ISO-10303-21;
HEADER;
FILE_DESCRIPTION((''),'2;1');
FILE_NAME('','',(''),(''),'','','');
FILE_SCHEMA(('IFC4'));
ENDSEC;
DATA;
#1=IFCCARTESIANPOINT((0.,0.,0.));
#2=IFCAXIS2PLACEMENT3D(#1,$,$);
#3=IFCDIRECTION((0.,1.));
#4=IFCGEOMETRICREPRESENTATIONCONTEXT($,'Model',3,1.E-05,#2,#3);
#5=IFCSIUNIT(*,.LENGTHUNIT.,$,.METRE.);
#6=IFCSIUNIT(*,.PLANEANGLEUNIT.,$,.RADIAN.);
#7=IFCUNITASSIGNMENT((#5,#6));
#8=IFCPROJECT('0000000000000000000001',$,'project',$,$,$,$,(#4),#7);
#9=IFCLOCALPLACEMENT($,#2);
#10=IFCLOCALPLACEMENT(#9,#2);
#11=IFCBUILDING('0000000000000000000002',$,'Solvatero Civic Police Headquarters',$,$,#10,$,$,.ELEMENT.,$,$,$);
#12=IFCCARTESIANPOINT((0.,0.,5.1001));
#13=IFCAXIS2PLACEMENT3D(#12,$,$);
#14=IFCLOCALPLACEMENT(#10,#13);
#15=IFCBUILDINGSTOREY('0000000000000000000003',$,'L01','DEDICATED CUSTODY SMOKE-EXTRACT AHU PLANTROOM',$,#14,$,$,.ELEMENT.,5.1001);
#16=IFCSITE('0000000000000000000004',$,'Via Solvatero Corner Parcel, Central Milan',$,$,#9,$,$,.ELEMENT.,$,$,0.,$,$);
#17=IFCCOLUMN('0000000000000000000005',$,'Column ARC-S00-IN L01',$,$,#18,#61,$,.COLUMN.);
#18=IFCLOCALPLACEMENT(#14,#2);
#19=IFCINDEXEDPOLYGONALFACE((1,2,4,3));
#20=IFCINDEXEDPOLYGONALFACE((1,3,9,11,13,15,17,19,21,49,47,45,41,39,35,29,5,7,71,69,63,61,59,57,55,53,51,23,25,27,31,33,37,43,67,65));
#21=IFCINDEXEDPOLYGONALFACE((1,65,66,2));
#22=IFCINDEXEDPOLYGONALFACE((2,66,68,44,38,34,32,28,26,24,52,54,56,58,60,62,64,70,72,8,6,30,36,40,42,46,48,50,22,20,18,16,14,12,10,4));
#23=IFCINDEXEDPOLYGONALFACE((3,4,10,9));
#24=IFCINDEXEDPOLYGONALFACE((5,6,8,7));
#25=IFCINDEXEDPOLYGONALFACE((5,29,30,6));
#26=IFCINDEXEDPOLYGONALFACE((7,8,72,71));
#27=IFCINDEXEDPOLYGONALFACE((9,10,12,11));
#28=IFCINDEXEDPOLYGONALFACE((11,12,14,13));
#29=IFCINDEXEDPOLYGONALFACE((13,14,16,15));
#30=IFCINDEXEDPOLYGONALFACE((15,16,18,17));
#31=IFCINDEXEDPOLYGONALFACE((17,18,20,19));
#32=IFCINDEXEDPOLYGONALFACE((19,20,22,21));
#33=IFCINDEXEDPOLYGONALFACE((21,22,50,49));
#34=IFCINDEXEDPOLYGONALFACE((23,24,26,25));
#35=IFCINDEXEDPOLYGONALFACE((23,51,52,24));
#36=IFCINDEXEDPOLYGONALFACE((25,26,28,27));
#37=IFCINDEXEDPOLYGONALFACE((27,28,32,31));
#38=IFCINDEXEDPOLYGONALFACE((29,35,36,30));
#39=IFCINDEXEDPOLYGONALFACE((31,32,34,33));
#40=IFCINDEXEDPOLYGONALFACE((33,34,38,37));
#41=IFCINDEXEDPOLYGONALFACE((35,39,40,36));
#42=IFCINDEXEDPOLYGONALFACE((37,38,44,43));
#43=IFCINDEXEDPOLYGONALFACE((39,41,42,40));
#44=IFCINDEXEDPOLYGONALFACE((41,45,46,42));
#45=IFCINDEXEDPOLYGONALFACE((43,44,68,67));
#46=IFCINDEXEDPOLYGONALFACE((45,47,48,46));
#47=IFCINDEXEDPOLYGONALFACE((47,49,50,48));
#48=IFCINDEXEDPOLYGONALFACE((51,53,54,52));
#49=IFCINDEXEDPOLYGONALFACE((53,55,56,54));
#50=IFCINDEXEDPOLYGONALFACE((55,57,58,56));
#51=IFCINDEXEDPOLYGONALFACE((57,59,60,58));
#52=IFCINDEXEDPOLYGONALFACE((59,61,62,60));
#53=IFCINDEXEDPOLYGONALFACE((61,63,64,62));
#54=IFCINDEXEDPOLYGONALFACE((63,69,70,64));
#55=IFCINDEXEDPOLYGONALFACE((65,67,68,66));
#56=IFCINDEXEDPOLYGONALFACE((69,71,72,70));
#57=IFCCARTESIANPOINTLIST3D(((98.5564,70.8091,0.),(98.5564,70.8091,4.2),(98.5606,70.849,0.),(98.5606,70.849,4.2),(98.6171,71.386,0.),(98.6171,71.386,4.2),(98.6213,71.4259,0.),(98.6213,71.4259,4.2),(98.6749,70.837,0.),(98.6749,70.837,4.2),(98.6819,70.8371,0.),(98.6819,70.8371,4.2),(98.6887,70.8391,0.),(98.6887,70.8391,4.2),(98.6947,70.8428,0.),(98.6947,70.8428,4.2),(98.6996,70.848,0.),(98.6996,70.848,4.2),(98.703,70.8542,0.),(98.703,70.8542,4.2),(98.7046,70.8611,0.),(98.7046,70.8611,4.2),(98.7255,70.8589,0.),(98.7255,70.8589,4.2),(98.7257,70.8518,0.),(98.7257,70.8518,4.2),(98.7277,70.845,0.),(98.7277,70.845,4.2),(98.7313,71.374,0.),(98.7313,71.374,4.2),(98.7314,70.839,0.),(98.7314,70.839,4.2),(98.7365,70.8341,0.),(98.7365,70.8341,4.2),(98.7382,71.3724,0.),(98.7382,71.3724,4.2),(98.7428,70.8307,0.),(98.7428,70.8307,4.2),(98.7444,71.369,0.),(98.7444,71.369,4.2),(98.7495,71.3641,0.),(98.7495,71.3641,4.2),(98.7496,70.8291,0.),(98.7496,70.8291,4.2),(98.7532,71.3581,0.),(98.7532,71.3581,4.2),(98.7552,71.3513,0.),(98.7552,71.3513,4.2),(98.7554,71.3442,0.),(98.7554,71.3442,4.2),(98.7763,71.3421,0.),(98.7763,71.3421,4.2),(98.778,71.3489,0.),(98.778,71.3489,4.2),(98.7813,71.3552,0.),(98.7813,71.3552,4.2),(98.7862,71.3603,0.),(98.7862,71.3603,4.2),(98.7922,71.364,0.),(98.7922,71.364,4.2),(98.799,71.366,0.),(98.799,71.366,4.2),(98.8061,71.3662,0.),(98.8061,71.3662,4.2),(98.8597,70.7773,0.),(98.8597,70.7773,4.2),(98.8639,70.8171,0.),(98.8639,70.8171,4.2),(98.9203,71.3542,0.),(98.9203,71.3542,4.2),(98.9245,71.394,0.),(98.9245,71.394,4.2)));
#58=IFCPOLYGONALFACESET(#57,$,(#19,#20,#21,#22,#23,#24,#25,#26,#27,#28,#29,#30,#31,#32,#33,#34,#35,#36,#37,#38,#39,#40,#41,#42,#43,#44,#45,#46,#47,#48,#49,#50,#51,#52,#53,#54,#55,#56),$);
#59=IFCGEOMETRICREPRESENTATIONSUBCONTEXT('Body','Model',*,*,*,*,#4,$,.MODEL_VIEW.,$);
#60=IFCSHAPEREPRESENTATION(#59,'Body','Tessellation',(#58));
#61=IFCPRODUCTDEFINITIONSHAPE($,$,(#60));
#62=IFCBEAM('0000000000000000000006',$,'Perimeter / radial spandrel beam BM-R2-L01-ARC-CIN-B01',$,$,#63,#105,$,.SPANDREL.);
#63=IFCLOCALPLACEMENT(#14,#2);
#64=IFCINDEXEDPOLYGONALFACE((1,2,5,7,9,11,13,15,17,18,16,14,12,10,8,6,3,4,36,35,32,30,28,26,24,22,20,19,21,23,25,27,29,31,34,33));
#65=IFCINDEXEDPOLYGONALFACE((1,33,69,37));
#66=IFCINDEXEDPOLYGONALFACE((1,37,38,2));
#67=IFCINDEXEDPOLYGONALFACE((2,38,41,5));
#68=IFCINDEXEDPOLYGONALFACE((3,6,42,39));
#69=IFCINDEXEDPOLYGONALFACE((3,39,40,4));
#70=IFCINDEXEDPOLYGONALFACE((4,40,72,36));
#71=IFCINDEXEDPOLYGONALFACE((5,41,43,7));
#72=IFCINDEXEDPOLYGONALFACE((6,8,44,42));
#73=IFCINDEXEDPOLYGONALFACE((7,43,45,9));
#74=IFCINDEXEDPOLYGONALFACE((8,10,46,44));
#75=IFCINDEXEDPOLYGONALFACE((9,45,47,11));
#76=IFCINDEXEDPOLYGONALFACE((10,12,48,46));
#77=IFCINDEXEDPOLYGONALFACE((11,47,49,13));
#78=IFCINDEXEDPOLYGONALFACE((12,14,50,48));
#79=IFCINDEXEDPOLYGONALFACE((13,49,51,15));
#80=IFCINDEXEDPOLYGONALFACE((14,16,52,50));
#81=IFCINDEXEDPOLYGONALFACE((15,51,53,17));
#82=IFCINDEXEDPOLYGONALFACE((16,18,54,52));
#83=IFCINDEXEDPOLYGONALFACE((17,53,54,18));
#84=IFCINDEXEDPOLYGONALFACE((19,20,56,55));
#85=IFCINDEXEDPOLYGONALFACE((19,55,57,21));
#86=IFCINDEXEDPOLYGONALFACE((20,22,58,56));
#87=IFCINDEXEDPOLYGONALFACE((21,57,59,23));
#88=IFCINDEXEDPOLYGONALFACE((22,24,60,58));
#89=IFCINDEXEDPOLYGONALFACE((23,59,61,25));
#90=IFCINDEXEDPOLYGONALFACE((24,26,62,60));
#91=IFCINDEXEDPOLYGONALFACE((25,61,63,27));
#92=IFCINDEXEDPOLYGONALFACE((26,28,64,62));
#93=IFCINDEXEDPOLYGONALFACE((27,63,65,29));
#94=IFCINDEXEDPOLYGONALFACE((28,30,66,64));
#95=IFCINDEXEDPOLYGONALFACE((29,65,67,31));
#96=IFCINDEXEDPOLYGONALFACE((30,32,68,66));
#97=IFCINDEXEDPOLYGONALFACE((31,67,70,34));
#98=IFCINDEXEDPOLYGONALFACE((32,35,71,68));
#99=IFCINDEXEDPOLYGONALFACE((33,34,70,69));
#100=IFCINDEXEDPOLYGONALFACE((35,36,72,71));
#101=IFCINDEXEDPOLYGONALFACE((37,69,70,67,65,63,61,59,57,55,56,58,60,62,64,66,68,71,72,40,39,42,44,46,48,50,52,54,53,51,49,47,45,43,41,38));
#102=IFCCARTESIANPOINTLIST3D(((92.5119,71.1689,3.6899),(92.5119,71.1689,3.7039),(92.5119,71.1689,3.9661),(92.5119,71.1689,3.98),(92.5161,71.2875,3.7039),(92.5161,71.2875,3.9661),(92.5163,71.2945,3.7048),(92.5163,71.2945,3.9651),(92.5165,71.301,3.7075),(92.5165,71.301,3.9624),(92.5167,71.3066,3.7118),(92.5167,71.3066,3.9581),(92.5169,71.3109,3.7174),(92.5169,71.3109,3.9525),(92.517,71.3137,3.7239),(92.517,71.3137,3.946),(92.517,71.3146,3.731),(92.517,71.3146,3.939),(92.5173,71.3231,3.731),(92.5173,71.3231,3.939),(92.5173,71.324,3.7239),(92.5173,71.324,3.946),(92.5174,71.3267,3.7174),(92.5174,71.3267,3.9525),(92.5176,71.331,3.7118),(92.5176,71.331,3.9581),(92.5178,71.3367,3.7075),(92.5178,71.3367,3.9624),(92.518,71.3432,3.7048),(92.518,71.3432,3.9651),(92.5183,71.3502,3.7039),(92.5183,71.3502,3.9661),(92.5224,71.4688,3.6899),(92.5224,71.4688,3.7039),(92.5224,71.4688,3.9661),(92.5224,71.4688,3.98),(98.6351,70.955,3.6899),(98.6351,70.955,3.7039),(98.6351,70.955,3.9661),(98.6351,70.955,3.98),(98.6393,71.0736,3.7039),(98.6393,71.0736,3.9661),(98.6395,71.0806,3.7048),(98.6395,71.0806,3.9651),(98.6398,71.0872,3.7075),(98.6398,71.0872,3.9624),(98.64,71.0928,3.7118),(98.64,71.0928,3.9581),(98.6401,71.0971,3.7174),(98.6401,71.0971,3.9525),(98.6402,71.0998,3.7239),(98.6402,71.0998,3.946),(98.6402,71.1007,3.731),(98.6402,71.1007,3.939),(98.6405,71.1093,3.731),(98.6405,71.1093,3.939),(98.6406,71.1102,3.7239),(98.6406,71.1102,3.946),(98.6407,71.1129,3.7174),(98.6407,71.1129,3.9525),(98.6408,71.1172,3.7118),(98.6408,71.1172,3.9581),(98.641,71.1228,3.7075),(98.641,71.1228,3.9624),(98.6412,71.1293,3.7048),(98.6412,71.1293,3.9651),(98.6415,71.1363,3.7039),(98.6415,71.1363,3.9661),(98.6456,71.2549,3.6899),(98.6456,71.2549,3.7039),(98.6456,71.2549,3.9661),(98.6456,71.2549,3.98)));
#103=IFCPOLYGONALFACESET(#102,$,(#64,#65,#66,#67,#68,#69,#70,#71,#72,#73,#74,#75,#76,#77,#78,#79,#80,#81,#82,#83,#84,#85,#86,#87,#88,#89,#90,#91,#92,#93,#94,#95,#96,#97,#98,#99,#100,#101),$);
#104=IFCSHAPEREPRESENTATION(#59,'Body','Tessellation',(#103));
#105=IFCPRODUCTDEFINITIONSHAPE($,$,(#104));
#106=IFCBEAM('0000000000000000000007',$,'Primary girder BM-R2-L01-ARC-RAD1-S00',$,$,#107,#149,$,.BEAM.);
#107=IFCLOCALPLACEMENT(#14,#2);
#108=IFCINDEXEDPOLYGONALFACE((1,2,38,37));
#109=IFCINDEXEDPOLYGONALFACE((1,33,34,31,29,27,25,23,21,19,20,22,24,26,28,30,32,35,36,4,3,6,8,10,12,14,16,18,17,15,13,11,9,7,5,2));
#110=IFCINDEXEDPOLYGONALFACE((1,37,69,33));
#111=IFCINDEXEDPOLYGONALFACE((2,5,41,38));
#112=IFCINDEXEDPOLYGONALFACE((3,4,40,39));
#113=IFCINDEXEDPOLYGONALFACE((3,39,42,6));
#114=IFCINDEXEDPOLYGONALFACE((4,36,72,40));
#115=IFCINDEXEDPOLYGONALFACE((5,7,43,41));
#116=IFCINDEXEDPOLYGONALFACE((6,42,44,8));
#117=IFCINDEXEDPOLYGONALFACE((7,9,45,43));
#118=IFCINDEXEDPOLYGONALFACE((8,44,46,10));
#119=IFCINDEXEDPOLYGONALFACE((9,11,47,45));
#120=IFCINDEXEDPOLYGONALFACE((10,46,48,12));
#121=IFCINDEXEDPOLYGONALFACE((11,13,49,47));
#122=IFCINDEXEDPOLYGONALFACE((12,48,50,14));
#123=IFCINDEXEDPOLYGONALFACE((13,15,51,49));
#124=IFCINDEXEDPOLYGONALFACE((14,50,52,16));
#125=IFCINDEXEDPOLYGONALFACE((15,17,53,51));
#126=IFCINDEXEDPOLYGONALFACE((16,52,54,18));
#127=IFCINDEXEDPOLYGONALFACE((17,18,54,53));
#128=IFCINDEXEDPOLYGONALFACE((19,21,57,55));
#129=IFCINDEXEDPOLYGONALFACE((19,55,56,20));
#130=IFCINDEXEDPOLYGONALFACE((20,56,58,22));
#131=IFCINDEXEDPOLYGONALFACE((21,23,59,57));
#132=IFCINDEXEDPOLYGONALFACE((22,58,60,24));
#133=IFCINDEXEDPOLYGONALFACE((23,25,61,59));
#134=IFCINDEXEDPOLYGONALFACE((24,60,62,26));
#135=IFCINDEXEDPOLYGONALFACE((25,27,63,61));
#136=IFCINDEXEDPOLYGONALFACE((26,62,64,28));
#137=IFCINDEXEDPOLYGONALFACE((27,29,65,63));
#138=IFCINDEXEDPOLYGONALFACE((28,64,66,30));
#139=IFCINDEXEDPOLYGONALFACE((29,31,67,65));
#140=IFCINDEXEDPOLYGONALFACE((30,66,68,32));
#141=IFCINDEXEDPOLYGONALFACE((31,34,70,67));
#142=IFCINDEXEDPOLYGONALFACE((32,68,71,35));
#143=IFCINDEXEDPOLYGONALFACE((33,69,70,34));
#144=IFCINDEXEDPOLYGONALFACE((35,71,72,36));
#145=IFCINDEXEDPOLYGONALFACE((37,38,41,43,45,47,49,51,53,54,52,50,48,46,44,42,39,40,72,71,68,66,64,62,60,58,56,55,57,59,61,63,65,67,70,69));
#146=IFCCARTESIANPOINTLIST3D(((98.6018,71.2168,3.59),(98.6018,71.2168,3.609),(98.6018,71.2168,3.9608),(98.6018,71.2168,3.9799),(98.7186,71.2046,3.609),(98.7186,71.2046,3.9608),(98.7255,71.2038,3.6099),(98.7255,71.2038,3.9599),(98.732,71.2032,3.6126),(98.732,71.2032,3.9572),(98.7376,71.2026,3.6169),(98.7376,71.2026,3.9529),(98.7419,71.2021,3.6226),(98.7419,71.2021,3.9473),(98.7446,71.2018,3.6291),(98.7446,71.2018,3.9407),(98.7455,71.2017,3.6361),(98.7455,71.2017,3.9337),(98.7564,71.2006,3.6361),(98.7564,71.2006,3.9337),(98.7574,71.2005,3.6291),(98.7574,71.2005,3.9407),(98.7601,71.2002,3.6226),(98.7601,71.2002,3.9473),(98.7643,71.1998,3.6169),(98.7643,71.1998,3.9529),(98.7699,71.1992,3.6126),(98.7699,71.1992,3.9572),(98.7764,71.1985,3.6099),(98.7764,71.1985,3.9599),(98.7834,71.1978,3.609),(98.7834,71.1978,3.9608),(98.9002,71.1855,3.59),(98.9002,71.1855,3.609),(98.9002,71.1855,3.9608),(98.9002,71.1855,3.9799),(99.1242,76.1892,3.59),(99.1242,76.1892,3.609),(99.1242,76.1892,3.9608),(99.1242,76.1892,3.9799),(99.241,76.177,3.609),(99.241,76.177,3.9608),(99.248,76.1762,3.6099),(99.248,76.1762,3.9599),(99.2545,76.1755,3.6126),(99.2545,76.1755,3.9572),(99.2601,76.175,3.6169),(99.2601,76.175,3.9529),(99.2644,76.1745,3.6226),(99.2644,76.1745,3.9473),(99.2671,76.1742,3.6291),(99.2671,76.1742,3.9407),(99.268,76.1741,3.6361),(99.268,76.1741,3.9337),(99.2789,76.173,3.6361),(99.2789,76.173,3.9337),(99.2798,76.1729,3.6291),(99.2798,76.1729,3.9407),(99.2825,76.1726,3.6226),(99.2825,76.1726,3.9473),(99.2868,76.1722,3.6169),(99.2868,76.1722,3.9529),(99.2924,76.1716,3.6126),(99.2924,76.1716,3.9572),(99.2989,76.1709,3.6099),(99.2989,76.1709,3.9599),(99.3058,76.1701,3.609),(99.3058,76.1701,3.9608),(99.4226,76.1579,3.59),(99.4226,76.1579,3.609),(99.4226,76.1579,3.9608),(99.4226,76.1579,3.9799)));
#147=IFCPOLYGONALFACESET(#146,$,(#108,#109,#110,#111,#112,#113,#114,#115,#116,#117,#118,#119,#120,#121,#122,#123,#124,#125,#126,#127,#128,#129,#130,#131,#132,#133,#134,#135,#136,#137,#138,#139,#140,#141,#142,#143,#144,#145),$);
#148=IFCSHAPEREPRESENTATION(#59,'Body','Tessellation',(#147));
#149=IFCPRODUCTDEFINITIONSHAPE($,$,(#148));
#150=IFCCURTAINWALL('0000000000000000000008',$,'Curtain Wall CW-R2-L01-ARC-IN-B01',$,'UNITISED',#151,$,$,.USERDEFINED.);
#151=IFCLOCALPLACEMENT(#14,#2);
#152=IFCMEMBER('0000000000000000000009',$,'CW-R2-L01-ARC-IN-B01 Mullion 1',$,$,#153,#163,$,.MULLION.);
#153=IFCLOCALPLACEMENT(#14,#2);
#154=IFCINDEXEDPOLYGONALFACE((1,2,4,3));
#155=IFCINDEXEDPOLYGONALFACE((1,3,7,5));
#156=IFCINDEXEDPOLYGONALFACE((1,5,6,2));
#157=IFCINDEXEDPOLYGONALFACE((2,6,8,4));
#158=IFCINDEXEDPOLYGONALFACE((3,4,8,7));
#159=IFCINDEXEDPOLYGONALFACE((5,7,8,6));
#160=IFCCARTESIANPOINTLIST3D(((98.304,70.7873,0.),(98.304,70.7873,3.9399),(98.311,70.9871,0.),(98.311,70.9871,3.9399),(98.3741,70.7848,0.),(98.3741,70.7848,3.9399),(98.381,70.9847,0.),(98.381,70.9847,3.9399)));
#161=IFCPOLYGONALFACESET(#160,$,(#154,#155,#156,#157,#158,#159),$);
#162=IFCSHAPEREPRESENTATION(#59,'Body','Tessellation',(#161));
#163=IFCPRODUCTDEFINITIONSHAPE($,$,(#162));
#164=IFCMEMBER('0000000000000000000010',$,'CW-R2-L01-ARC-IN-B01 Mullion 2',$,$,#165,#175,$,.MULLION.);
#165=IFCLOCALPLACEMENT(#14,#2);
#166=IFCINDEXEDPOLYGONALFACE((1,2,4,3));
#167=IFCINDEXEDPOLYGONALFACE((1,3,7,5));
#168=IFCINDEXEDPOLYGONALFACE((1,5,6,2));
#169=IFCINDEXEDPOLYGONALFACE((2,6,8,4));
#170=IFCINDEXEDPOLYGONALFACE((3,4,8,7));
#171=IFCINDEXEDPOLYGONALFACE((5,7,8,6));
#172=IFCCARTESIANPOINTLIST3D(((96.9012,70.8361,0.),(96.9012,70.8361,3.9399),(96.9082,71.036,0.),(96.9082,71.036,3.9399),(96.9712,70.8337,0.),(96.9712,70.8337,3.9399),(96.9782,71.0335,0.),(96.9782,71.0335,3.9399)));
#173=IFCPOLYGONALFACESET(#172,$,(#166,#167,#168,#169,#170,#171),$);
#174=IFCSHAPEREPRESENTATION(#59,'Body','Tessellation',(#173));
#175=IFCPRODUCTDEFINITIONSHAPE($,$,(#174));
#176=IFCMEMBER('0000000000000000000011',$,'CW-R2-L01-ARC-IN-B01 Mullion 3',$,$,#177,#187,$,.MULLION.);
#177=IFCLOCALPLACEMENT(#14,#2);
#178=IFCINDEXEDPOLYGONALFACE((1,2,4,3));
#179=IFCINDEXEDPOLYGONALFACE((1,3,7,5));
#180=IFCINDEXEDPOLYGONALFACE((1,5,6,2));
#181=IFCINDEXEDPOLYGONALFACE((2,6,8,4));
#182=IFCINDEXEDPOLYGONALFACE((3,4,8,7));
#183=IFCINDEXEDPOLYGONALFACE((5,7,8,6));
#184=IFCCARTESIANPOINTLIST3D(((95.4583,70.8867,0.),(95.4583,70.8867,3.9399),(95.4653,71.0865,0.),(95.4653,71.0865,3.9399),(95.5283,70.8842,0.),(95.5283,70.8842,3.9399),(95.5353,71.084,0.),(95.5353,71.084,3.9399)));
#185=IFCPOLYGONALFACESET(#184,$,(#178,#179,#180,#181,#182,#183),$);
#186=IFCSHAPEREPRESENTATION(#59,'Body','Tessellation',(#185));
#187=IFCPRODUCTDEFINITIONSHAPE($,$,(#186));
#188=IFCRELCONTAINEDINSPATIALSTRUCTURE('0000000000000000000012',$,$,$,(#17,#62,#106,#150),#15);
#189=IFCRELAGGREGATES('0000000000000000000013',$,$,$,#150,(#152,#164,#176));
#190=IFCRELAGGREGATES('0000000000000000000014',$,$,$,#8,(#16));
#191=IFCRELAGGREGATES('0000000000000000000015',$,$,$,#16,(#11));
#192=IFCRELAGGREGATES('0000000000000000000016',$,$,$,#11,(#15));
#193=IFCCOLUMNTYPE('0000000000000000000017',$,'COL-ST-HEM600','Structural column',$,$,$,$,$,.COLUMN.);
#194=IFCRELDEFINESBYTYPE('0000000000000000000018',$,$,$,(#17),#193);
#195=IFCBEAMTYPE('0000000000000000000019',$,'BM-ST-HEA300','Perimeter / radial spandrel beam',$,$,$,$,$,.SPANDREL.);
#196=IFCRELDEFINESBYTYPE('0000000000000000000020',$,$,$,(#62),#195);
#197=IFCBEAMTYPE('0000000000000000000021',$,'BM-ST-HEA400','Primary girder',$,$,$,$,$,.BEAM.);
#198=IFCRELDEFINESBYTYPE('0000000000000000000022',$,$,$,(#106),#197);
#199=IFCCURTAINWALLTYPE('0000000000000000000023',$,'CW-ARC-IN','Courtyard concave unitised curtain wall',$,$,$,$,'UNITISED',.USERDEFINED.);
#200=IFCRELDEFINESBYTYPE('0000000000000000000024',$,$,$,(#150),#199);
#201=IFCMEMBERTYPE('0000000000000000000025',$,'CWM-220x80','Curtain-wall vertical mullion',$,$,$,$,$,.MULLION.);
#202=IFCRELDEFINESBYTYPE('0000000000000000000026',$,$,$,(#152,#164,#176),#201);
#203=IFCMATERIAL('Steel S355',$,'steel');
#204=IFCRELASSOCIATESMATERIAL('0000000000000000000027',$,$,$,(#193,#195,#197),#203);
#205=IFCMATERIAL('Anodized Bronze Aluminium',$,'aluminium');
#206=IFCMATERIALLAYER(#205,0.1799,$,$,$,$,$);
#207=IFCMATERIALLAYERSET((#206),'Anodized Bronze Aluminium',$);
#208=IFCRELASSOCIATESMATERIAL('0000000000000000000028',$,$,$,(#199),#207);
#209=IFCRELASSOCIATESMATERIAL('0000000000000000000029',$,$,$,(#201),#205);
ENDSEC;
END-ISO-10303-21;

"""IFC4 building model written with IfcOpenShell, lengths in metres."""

from ifc_helpers import new_model, si_unit, direction, frame, origin, origin_2d, place, context, subcontext, project, spatial, rectangle, i_section, extrude, material, layer, layer_set, material_profile, profile_set, type_object, element, aggregate, save


model = new_model("IFC4")

# Units and contexts
model_context = context("Model", 3, precision=1e-05, world=origin(), true_north=direction((0.0, 1.0)))
body_context = subcontext(model_context, "Body", "Model", "MODEL_VIEW")
ifc_project = project(units=[si_unit("LENGTHUNIT", "METRE"), si_unit("PLANEANGLEUNIT", "RADIAN")], contexts=[model_context])

# Site, building, storey
site_placement = place(None, origin())
site = spatial("IfcSite", under=ifc_project, at=site_placement, Name="Via Solvatero Corner Parcel, Central Milan", CompositionType="ELEMENT", RefElevation=0.0)
building_placement = place(site_placement, origin())
building = spatial("IfcBuilding", under=site, at=building_placement, Name="Solvatero Civic Police Headquarters", CompositionType="ELEMENT")
storey_placement = place(building_placement, frame((0.0, 0.0, 5.1001)))
storey = spatial("IfcBuildingStorey", under=building, at=storey_placement, Name="L01", Description="DEDICATED CUSTODY SMOKE-EXTRACT AHU PLANTROOM", CompositionType="ELEMENT", Elevation=5.1001)

# Column
ifc_material_1 = material(Name="Steel S355", Category="steel")
ifc_material_profile_1 = material_profile(ifc_material_1, i_section(OverallWidth=0.3049, OverallDepth=0.6201, WebThickness=0.021, FlangeThickness=0.04, FilletRadius=0.0271, at=origin_2d()), Name="HEM 600")
ifc_profile_set_1 = profile_set([ifc_material_profile_1], Name="Steel S355")
column_type = type_object("IfcColumnType", Name="COL-ST-HEM600", Description="Structural column", PredefinedType="COLUMN", material=ifc_profile_set_1)
column_placement = place(storey_placement, frame((98.7405, 71.1016, 0.0), z_axis=(0.0, 0.0, 1.0), x_axis=(0.994522, -0.104528, 0.0)))
element("IfcColumn", 1, at=column_placement, inside=storey, type_object=column_type, Name="Column ARC-S00-IN L01", PredefinedType="COLUMN", context=body_context, shape_type="SweptSolid", body=[
    extrude(i_section(OverallWidth=0.3049, OverallDepth=0.6201, WebThickness=0.021, FlangeThickness=0.04, FilletRadius=0.0271, at=origin_2d()), origin(), (0.0, 0.0, 1.0), 4.2),
])

# Beams
ifc_material_profile_2 = material_profile(ifc_material_1, i_section(OverallWidth=0.3, OverallDepth=0.29, WebThickness=0.0085, FlangeThickness=0.0139, FilletRadius=0.0271, at=origin_2d()), Name="HEA 300")
ifc_profile_set_2 = profile_set([ifc_material_profile_2], Name="Steel S355")
beam_type_1 = type_object("IfcBeamType", Name="BM-ST-HEA300", Description="Perimeter / radial spandrel beam", PredefinedType="SPANDREL", material=ifc_profile_set_2)
beam_1_placement = place(storey_placement, frame((98.6404, 71.105, 3.835), z_axis=(-0.999391, 0.034906, 0.0), x_axis=(-0.034906, -0.999391, 0.0)))
element("IfcBeam", 2, at=beam_1_placement, inside=storey, type_object=beam_type_1, Name="Perimeter / radial spandrel beam BM-R2-L01-ARC-CIN-B01", PredefinedType="SPANDREL", context=body_context, shape_type="SweptSolid", body=[
    extrude(i_section(OverallWidth=0.3, OverallDepth=0.29, WebThickness=0.0085, FlangeThickness=0.0139, FilletRadius=0.0271, at=origin_2d()), origin(), (0.0, 0.0, 1.0), 6.127),
])
ifc_material_profile_3 = material_profile(ifc_material_1, i_section(OverallWidth=0.3, OverallDepth=0.3899, WebThickness=0.011, FlangeThickness=0.019, FilletRadius=0.0271, at=origin_2d()), Name="HEA 400")
ifc_profile_set_3 = profile_set([ifc_material_profile_3], Name="Steel S355")
beam_type_2 = type_object("IfcBeamType", Name="BM-ST-HEA400", Description="Primary girder", PredefinedType="BEAM", material=ifc_profile_set_3)
beam_2_placement = place(storey_placement, frame((98.751, 71.2012, 3.7849), z_axis=(0.104497, 0.994525, 0.0), x_axis=(-0.994525, 0.104497, 0.0)))
element("IfcBeam", 3, at=beam_2_placement, inside=storey, type_object=beam_type_2, Name="Primary girder BM-R2-L01-ARC-RAD1-S00", PredefinedType="BEAM", context=body_context, shape_type="SweptSolid", body=[
    extrude(i_section(OverallWidth=0.3, OverallDepth=0.3899, WebThickness=0.011, FlangeThickness=0.019, FilletRadius=0.0271, at=origin_2d()), origin(), (0.0, 0.0, 1.0), 4.9998),
])

# Curtain wall, members
ifc_material_2 = material(Name="Anodized Bronze Aluminium", Category="aluminium")
ifc_layer_1 = layer(ifc_material_2, 0.1799)
ifc_layer_set_1 = layer_set([ifc_layer_1], Name="Anodized Bronze Aluminium")
curtain_wall_type = type_object("IfcCurtainWallType", Name="CW-ARC-IN", Description="Courtyard concave unitised curtain wall", ElementType="UNITISED", PredefinedType="USERDEFINED", material=ifc_layer_set_1)
curtain_wall_placement = place(storey_placement, origin())
curtain_wall = element("IfcCurtainWall", 4, at=curtain_wall_placement, inside=storey, type_object=curtain_wall_type, Name="Curtain Wall CW-R2-L01-ARC-IN-B01", ObjectType="UNITISED", PredefinedType="USERDEFINED")
ifc_material_profile_4 = material_profile(ifc_material_2, rectangle(XDim=0.0701, YDim=0.2, at=origin_2d()), Name="ALU MULLION 70x200")
ifc_profile_set_4 = profile_set([ifc_material_profile_4], Name="Anodized Bronze Aluminium")
member_type_1 = type_object("IfcMemberType", Name="CWM-220x80", Description="Curtain-wall vertical mullion", PredefinedType="MULLION", material=ifc_profile_set_4)
member_1_placement = place(storey_placement, frame((98.3425, 70.886, 0.0), z_axis=(0.0, 0.0, 1.0), x_axis=(-0.999391, 0.034899, 0.0)))
member_1 = element("IfcMember", 5, at=member_1_placement, type_object=member_type_1, Name="CW-R2-L01-ARC-IN-B01 Mullion 1", PredefinedType="MULLION", context=body_context, shape_type="SweptSolid", body=[
    extrude(rectangle(XDim=0.0701, YDim=0.2, at=origin_2d()), origin(), (0.0, 0.0, 1.0), 3.9399),
])
member_2_placement = place(storey_placement, frame((96.9397, 70.9348, 0.0), z_axis=(0.0, 0.0, 1.0), x_axis=(-0.999391, 0.034899, 0.0)))
member_2 = element("IfcMember", 6, at=member_2_placement, type_object=member_type_1, Name="CW-R2-L01-ARC-IN-B01 Mullion 2", PredefinedType="MULLION", context=body_context, shape_type="SweptSolid", body=[
    extrude(rectangle(XDim=0.0701, YDim=0.2, at=origin_2d()), origin(), (0.0, 0.0, 1.0), 3.9399),
])
member_3_placement = place(storey_placement, frame((95.4968, 70.9854, 0.0), z_axis=(0.0, 0.0, 1.0), x_axis=(-0.999391, 0.034899, 0.0)))
member_3 = element("IfcMember", 7, at=member_3_placement, type_object=member_type_1, Name="CW-R2-L01-ARC-IN-B01 Mullion 3", PredefinedType="MULLION", context=body_context, shape_type="SweptSolid", body=[
    extrude(rectangle(XDim=0.0701, YDim=0.2, at=origin_2d()), origin(), (0.0, 0.0, 1.0), 3.9399),
])
aggregate(curtain_wall, [member_1, member_2, member_3])

save(model, "model.ifc")
